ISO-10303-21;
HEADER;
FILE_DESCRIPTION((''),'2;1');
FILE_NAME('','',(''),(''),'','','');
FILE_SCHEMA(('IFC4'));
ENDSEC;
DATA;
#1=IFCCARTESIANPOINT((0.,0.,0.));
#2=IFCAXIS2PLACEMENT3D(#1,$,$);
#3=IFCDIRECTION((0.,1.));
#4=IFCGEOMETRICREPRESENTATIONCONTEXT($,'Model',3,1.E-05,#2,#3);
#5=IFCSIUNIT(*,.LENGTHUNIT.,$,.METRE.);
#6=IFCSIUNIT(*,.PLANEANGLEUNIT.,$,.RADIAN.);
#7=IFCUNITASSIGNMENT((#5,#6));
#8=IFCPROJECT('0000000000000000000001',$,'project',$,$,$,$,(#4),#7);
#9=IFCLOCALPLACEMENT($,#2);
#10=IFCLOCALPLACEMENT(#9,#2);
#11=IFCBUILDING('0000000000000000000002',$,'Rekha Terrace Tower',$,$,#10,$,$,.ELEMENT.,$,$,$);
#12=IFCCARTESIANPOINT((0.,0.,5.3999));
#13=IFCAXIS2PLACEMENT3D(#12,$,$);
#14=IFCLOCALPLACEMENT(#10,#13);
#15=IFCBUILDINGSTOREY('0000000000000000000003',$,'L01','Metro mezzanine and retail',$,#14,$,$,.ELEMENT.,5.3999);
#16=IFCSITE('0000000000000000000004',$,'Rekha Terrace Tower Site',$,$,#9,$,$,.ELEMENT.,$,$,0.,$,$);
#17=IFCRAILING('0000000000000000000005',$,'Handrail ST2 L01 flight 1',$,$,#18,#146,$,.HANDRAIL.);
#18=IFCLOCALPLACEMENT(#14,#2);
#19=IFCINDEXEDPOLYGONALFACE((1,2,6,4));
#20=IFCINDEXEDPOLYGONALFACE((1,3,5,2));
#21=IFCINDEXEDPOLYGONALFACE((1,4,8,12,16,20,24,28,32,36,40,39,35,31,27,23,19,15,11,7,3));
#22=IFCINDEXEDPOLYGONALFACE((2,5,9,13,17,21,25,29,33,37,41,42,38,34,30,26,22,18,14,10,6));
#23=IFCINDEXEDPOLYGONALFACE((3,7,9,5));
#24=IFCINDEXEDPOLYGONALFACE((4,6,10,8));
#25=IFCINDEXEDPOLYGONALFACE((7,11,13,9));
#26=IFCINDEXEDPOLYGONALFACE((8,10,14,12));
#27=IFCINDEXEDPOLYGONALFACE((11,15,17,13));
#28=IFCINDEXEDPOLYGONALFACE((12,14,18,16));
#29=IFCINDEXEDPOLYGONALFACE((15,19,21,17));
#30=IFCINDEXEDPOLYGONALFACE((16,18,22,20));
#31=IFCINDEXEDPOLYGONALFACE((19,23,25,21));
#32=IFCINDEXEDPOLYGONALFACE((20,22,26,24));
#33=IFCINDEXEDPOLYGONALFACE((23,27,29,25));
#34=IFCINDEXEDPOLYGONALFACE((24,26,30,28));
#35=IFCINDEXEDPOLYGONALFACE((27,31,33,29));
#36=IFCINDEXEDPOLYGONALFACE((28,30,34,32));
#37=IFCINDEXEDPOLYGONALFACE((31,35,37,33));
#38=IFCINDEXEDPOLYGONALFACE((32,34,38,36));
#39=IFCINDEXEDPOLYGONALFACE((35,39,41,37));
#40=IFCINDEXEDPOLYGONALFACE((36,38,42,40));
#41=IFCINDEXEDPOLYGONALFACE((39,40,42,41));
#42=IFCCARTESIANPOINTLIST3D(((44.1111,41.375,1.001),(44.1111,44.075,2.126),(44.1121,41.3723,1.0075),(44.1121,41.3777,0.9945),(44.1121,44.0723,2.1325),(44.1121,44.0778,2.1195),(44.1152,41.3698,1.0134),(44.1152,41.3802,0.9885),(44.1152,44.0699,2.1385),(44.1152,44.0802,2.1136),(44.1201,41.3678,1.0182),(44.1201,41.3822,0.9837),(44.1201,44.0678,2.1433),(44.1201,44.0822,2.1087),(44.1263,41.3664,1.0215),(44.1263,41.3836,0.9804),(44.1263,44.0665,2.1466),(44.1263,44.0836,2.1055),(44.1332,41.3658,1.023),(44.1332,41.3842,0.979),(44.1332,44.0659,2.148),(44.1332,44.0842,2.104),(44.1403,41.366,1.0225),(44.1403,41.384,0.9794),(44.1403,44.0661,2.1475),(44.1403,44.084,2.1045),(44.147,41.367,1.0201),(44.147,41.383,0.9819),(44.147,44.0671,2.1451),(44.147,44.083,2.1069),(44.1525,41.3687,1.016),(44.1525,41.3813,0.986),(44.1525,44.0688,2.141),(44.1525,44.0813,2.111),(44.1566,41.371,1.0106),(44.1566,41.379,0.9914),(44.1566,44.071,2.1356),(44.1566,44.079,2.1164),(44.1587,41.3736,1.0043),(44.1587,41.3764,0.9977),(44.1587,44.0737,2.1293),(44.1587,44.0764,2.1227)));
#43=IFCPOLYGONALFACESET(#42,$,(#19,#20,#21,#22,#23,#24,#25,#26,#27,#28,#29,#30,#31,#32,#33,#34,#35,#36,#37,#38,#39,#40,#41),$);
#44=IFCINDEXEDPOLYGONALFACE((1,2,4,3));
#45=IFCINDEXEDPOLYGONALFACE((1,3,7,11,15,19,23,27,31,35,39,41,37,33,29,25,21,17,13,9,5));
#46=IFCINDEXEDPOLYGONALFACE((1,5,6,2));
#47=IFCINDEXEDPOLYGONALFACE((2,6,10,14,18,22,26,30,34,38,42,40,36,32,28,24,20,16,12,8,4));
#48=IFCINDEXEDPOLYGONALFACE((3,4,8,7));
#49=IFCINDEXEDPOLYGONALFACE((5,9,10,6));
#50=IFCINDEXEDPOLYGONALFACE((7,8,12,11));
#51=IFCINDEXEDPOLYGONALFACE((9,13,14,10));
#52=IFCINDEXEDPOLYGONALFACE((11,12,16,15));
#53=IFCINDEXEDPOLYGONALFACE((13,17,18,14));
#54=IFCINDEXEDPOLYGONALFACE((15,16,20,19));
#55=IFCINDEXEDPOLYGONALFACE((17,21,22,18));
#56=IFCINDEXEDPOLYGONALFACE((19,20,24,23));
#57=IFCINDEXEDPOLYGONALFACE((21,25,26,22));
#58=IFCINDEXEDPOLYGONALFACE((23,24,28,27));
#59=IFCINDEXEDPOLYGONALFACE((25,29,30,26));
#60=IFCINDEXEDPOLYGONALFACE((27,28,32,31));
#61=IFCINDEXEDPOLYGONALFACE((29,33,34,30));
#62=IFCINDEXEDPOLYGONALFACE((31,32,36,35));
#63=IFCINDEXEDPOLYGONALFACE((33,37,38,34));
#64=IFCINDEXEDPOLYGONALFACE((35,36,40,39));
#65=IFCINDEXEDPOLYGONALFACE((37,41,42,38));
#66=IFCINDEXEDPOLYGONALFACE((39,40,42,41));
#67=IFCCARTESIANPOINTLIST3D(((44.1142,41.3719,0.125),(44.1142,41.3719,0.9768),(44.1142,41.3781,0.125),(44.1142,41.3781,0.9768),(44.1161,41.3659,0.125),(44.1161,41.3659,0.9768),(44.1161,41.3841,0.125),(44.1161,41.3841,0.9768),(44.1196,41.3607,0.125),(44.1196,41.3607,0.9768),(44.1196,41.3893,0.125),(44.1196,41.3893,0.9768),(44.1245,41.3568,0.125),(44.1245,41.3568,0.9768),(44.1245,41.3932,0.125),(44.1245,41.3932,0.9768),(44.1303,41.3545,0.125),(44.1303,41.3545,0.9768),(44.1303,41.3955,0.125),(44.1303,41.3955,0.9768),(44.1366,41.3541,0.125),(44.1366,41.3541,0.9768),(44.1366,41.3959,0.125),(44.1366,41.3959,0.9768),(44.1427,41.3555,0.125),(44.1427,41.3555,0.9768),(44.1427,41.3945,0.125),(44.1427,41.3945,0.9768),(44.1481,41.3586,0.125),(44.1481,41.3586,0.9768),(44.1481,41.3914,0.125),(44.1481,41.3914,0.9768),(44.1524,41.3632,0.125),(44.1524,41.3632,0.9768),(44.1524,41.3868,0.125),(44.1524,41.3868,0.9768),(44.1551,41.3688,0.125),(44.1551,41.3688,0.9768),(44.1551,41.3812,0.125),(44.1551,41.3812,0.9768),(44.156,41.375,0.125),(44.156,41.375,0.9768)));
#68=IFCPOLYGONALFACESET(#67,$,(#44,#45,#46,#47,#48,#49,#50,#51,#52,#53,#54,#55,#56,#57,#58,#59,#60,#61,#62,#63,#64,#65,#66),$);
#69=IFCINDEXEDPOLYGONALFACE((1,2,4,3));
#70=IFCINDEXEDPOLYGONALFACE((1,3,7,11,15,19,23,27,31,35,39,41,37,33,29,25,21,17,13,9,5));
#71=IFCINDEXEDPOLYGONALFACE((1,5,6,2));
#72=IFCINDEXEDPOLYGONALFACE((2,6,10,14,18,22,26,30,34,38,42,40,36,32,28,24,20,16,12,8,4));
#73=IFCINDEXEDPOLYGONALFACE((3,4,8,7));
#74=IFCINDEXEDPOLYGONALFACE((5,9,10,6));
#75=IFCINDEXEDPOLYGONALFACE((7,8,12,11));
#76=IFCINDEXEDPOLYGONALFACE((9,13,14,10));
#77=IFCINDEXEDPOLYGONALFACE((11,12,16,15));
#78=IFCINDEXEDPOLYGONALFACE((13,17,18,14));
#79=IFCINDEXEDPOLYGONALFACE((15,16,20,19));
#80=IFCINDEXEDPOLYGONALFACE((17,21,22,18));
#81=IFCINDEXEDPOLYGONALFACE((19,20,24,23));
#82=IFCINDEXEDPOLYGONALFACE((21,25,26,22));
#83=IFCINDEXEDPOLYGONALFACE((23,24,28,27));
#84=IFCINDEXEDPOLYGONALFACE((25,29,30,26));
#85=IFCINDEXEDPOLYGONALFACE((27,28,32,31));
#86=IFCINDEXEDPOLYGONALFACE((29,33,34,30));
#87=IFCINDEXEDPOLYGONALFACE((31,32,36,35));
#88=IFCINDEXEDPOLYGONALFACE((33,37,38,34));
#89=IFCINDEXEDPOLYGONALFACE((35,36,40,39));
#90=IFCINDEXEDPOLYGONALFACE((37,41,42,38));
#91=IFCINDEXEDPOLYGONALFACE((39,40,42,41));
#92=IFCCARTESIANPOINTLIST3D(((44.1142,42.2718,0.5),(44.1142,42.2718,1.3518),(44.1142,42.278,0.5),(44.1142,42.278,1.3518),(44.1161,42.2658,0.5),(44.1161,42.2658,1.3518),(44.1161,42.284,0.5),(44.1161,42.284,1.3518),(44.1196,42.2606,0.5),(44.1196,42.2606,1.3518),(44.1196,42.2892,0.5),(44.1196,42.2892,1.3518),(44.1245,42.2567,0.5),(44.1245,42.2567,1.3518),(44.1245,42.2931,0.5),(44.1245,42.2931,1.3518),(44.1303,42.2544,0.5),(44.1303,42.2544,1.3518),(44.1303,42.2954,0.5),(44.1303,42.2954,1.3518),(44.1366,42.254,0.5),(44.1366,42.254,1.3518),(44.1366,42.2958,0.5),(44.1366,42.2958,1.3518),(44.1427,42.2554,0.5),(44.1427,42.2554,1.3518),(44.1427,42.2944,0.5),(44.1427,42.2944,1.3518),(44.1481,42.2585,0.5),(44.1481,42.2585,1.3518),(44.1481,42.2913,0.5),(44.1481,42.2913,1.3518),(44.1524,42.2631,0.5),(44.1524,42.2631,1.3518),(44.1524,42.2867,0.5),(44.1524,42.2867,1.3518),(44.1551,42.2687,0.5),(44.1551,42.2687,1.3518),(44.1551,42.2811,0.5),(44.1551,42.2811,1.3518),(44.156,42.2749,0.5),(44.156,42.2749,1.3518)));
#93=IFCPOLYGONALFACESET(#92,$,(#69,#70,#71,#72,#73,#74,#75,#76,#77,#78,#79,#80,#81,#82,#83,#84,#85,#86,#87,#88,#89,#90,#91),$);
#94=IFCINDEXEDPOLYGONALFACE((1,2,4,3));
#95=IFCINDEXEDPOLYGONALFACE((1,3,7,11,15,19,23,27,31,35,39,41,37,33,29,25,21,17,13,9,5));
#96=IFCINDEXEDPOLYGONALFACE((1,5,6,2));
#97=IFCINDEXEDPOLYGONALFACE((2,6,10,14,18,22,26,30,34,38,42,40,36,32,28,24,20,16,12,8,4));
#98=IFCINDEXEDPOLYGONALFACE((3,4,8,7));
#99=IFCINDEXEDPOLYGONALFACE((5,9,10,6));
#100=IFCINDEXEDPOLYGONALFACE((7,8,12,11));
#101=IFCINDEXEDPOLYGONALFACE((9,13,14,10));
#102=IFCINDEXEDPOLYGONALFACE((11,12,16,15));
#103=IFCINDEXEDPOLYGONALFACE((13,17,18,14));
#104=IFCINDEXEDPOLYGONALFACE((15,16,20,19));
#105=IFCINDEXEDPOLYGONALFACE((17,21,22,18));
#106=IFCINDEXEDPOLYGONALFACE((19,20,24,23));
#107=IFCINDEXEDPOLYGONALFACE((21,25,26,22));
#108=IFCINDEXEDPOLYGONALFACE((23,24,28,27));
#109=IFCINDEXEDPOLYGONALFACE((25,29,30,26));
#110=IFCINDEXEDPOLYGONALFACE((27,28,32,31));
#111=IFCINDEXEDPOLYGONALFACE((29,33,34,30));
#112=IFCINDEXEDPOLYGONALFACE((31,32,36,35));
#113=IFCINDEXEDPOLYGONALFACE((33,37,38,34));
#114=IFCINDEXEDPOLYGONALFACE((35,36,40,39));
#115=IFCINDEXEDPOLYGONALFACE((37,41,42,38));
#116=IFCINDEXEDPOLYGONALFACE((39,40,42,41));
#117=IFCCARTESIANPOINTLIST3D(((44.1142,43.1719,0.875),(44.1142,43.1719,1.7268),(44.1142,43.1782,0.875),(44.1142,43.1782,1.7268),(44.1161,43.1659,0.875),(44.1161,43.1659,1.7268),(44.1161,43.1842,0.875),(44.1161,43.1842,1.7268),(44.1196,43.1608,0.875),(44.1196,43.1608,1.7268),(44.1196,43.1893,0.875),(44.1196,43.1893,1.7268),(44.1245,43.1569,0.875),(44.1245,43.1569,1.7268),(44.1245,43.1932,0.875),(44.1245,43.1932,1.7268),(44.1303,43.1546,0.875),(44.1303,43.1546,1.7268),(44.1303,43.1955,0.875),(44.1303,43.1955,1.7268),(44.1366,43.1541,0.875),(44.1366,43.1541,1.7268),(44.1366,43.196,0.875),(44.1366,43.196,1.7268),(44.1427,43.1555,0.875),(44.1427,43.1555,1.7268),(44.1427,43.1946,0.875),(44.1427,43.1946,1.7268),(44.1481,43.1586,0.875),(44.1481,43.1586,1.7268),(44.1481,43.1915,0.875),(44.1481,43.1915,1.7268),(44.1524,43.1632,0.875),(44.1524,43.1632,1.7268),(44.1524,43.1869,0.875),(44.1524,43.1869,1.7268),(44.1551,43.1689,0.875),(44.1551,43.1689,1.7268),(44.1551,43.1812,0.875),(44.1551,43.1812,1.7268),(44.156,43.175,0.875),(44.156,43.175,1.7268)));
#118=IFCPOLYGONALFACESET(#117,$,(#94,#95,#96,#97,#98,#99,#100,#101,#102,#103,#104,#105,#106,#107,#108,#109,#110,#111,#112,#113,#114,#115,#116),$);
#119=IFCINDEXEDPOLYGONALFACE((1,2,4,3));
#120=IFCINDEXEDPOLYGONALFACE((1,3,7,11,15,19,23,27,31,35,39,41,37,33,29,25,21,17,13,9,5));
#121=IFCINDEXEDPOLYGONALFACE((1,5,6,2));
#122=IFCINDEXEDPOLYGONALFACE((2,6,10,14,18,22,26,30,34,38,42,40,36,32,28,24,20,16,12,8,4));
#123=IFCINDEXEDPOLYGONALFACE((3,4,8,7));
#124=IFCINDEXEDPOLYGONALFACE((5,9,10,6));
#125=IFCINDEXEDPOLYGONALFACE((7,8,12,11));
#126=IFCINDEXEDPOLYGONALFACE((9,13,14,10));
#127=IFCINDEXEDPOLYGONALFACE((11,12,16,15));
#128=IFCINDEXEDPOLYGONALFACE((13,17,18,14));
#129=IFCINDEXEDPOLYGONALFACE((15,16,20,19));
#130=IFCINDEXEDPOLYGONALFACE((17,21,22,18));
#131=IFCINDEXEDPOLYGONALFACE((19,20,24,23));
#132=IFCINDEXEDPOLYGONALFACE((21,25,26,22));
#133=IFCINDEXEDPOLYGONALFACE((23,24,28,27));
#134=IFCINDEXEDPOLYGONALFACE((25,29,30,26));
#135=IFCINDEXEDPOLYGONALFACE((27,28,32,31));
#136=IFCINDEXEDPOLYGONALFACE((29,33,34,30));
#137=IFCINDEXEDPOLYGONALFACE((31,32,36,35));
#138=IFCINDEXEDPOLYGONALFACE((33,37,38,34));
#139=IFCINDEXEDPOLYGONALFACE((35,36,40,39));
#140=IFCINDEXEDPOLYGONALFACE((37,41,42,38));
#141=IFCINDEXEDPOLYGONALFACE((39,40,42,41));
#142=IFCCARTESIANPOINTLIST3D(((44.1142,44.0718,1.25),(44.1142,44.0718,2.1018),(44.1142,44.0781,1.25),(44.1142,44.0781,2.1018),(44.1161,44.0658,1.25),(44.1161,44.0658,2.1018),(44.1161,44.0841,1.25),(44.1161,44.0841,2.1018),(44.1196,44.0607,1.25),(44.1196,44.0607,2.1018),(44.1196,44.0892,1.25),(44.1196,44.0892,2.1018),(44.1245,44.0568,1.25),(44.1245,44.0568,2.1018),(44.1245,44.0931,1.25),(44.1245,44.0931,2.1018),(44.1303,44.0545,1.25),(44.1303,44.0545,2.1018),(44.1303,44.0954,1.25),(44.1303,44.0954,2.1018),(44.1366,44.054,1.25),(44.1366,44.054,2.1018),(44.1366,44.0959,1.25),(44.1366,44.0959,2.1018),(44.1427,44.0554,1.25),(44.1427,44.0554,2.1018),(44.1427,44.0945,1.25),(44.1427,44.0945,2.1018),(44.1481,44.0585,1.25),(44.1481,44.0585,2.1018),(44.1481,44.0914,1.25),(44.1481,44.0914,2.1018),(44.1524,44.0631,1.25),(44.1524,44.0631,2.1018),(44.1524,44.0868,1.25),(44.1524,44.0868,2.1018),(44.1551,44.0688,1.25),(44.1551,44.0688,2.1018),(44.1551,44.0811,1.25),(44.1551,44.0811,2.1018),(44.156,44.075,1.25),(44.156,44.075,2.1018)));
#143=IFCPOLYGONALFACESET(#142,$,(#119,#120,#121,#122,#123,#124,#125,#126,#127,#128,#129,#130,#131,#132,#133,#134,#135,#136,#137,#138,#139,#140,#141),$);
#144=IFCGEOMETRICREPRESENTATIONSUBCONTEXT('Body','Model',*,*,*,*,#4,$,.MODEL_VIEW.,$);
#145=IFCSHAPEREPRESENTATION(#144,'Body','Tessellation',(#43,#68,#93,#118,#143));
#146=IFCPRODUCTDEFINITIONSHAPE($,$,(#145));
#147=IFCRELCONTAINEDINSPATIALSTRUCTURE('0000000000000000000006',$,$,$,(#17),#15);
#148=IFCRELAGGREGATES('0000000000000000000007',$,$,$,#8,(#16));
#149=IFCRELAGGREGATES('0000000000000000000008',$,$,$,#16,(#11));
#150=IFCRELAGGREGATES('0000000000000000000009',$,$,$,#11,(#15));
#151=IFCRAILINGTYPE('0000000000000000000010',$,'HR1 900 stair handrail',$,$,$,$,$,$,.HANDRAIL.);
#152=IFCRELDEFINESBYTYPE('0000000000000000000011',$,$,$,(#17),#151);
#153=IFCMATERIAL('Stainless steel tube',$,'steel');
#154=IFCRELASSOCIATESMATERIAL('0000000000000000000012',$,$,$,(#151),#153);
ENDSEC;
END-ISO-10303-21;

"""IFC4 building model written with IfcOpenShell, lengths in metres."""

from ifc_helpers import new_model, si_unit, direction, frame, origin, origin_2d, place, context, subcontext, project, spatial, circle, extrude, material, type_object, element, save


model = new_model("IFC4")

# Units and contexts
model_context = context("Model", 3, precision=1e-05, world=origin(), true_north=direction((0.0, 1.0)))
body_context = subcontext(model_context, "Body", "Model", "MODEL_VIEW")
ifc_project = project(units=[si_unit("LENGTHUNIT", "METRE"), si_unit("PLANEANGLEUNIT", "RADIAN")], contexts=[model_context])

# Site, building, storey
site_placement = place(None, origin())
site = spatial("IfcSite", under=ifc_project, at=site_placement, Name="Rekha Terrace Tower Site", CompositionType="ELEMENT", RefElevation=0.0)
building_placement = place(site_placement, origin())
building = spatial("IfcBuilding", under=site, at=building_placement, Name="Rekha Terrace Tower", CompositionType="ELEMENT")
storey_placement = place(building_placement, frame((0.0, 0.0, 5.3999)))
storey = spatial("IfcBuildingStorey", under=building, at=storey_placement, Name="L01", Description="Metro mezzanine and retail", CompositionType="ELEMENT", Elevation=5.3999)

# Railing
ifc_material_1 = material(Name="Stainless steel tube", Category="steel")
railing_type_1 = type_object("IfcRailingType", Name="HR1 900 stair handrail", PredefinedType="HANDRAIL", material=ifc_material_1)
railing_1_placement = place(storey_placement, frame((44.135, 41.375, 0.125)))
element("IfcRailing", 1, at=railing_1_placement, inside=storey, type_object=railing_type_1, Name="Handrail ST2 L01 flight 1", PredefinedType="HANDRAIL", context=body_context, shape_type="SweptSolid", body=[
    extrude(circle(Radius=0.0239, at=origin_2d()), frame((0.0, 0.0, 0.876), z_axis=(0.0, 0.923074, 0.384621), x_axis=(-1.0, 0.0, 0.0)), (0.0, 0.0, 1.0), 2.925),
    extrude(circle(Radius=0.021, at=origin_2d()), origin(), (0.0, 0.0, 1.0), 0.8518),
    extrude(circle(Radius=0.021, at=origin_2d()), frame((0.0, 0.8999, 0.375)), (0.0, 0.0, 1.0), 0.8518),
    extrude(circle(Radius=0.021, at=origin_2d()), frame((0.0, 1.8, 0.75)), (0.0, 0.0, 1.0), 0.8518),
    extrude(circle(Radius=0.021, at=origin_2d()), frame((0.0, 2.7, 1.125)), (0.0, 0.0, 1.0), 0.8518),
])

save(model, "model.ifc")
